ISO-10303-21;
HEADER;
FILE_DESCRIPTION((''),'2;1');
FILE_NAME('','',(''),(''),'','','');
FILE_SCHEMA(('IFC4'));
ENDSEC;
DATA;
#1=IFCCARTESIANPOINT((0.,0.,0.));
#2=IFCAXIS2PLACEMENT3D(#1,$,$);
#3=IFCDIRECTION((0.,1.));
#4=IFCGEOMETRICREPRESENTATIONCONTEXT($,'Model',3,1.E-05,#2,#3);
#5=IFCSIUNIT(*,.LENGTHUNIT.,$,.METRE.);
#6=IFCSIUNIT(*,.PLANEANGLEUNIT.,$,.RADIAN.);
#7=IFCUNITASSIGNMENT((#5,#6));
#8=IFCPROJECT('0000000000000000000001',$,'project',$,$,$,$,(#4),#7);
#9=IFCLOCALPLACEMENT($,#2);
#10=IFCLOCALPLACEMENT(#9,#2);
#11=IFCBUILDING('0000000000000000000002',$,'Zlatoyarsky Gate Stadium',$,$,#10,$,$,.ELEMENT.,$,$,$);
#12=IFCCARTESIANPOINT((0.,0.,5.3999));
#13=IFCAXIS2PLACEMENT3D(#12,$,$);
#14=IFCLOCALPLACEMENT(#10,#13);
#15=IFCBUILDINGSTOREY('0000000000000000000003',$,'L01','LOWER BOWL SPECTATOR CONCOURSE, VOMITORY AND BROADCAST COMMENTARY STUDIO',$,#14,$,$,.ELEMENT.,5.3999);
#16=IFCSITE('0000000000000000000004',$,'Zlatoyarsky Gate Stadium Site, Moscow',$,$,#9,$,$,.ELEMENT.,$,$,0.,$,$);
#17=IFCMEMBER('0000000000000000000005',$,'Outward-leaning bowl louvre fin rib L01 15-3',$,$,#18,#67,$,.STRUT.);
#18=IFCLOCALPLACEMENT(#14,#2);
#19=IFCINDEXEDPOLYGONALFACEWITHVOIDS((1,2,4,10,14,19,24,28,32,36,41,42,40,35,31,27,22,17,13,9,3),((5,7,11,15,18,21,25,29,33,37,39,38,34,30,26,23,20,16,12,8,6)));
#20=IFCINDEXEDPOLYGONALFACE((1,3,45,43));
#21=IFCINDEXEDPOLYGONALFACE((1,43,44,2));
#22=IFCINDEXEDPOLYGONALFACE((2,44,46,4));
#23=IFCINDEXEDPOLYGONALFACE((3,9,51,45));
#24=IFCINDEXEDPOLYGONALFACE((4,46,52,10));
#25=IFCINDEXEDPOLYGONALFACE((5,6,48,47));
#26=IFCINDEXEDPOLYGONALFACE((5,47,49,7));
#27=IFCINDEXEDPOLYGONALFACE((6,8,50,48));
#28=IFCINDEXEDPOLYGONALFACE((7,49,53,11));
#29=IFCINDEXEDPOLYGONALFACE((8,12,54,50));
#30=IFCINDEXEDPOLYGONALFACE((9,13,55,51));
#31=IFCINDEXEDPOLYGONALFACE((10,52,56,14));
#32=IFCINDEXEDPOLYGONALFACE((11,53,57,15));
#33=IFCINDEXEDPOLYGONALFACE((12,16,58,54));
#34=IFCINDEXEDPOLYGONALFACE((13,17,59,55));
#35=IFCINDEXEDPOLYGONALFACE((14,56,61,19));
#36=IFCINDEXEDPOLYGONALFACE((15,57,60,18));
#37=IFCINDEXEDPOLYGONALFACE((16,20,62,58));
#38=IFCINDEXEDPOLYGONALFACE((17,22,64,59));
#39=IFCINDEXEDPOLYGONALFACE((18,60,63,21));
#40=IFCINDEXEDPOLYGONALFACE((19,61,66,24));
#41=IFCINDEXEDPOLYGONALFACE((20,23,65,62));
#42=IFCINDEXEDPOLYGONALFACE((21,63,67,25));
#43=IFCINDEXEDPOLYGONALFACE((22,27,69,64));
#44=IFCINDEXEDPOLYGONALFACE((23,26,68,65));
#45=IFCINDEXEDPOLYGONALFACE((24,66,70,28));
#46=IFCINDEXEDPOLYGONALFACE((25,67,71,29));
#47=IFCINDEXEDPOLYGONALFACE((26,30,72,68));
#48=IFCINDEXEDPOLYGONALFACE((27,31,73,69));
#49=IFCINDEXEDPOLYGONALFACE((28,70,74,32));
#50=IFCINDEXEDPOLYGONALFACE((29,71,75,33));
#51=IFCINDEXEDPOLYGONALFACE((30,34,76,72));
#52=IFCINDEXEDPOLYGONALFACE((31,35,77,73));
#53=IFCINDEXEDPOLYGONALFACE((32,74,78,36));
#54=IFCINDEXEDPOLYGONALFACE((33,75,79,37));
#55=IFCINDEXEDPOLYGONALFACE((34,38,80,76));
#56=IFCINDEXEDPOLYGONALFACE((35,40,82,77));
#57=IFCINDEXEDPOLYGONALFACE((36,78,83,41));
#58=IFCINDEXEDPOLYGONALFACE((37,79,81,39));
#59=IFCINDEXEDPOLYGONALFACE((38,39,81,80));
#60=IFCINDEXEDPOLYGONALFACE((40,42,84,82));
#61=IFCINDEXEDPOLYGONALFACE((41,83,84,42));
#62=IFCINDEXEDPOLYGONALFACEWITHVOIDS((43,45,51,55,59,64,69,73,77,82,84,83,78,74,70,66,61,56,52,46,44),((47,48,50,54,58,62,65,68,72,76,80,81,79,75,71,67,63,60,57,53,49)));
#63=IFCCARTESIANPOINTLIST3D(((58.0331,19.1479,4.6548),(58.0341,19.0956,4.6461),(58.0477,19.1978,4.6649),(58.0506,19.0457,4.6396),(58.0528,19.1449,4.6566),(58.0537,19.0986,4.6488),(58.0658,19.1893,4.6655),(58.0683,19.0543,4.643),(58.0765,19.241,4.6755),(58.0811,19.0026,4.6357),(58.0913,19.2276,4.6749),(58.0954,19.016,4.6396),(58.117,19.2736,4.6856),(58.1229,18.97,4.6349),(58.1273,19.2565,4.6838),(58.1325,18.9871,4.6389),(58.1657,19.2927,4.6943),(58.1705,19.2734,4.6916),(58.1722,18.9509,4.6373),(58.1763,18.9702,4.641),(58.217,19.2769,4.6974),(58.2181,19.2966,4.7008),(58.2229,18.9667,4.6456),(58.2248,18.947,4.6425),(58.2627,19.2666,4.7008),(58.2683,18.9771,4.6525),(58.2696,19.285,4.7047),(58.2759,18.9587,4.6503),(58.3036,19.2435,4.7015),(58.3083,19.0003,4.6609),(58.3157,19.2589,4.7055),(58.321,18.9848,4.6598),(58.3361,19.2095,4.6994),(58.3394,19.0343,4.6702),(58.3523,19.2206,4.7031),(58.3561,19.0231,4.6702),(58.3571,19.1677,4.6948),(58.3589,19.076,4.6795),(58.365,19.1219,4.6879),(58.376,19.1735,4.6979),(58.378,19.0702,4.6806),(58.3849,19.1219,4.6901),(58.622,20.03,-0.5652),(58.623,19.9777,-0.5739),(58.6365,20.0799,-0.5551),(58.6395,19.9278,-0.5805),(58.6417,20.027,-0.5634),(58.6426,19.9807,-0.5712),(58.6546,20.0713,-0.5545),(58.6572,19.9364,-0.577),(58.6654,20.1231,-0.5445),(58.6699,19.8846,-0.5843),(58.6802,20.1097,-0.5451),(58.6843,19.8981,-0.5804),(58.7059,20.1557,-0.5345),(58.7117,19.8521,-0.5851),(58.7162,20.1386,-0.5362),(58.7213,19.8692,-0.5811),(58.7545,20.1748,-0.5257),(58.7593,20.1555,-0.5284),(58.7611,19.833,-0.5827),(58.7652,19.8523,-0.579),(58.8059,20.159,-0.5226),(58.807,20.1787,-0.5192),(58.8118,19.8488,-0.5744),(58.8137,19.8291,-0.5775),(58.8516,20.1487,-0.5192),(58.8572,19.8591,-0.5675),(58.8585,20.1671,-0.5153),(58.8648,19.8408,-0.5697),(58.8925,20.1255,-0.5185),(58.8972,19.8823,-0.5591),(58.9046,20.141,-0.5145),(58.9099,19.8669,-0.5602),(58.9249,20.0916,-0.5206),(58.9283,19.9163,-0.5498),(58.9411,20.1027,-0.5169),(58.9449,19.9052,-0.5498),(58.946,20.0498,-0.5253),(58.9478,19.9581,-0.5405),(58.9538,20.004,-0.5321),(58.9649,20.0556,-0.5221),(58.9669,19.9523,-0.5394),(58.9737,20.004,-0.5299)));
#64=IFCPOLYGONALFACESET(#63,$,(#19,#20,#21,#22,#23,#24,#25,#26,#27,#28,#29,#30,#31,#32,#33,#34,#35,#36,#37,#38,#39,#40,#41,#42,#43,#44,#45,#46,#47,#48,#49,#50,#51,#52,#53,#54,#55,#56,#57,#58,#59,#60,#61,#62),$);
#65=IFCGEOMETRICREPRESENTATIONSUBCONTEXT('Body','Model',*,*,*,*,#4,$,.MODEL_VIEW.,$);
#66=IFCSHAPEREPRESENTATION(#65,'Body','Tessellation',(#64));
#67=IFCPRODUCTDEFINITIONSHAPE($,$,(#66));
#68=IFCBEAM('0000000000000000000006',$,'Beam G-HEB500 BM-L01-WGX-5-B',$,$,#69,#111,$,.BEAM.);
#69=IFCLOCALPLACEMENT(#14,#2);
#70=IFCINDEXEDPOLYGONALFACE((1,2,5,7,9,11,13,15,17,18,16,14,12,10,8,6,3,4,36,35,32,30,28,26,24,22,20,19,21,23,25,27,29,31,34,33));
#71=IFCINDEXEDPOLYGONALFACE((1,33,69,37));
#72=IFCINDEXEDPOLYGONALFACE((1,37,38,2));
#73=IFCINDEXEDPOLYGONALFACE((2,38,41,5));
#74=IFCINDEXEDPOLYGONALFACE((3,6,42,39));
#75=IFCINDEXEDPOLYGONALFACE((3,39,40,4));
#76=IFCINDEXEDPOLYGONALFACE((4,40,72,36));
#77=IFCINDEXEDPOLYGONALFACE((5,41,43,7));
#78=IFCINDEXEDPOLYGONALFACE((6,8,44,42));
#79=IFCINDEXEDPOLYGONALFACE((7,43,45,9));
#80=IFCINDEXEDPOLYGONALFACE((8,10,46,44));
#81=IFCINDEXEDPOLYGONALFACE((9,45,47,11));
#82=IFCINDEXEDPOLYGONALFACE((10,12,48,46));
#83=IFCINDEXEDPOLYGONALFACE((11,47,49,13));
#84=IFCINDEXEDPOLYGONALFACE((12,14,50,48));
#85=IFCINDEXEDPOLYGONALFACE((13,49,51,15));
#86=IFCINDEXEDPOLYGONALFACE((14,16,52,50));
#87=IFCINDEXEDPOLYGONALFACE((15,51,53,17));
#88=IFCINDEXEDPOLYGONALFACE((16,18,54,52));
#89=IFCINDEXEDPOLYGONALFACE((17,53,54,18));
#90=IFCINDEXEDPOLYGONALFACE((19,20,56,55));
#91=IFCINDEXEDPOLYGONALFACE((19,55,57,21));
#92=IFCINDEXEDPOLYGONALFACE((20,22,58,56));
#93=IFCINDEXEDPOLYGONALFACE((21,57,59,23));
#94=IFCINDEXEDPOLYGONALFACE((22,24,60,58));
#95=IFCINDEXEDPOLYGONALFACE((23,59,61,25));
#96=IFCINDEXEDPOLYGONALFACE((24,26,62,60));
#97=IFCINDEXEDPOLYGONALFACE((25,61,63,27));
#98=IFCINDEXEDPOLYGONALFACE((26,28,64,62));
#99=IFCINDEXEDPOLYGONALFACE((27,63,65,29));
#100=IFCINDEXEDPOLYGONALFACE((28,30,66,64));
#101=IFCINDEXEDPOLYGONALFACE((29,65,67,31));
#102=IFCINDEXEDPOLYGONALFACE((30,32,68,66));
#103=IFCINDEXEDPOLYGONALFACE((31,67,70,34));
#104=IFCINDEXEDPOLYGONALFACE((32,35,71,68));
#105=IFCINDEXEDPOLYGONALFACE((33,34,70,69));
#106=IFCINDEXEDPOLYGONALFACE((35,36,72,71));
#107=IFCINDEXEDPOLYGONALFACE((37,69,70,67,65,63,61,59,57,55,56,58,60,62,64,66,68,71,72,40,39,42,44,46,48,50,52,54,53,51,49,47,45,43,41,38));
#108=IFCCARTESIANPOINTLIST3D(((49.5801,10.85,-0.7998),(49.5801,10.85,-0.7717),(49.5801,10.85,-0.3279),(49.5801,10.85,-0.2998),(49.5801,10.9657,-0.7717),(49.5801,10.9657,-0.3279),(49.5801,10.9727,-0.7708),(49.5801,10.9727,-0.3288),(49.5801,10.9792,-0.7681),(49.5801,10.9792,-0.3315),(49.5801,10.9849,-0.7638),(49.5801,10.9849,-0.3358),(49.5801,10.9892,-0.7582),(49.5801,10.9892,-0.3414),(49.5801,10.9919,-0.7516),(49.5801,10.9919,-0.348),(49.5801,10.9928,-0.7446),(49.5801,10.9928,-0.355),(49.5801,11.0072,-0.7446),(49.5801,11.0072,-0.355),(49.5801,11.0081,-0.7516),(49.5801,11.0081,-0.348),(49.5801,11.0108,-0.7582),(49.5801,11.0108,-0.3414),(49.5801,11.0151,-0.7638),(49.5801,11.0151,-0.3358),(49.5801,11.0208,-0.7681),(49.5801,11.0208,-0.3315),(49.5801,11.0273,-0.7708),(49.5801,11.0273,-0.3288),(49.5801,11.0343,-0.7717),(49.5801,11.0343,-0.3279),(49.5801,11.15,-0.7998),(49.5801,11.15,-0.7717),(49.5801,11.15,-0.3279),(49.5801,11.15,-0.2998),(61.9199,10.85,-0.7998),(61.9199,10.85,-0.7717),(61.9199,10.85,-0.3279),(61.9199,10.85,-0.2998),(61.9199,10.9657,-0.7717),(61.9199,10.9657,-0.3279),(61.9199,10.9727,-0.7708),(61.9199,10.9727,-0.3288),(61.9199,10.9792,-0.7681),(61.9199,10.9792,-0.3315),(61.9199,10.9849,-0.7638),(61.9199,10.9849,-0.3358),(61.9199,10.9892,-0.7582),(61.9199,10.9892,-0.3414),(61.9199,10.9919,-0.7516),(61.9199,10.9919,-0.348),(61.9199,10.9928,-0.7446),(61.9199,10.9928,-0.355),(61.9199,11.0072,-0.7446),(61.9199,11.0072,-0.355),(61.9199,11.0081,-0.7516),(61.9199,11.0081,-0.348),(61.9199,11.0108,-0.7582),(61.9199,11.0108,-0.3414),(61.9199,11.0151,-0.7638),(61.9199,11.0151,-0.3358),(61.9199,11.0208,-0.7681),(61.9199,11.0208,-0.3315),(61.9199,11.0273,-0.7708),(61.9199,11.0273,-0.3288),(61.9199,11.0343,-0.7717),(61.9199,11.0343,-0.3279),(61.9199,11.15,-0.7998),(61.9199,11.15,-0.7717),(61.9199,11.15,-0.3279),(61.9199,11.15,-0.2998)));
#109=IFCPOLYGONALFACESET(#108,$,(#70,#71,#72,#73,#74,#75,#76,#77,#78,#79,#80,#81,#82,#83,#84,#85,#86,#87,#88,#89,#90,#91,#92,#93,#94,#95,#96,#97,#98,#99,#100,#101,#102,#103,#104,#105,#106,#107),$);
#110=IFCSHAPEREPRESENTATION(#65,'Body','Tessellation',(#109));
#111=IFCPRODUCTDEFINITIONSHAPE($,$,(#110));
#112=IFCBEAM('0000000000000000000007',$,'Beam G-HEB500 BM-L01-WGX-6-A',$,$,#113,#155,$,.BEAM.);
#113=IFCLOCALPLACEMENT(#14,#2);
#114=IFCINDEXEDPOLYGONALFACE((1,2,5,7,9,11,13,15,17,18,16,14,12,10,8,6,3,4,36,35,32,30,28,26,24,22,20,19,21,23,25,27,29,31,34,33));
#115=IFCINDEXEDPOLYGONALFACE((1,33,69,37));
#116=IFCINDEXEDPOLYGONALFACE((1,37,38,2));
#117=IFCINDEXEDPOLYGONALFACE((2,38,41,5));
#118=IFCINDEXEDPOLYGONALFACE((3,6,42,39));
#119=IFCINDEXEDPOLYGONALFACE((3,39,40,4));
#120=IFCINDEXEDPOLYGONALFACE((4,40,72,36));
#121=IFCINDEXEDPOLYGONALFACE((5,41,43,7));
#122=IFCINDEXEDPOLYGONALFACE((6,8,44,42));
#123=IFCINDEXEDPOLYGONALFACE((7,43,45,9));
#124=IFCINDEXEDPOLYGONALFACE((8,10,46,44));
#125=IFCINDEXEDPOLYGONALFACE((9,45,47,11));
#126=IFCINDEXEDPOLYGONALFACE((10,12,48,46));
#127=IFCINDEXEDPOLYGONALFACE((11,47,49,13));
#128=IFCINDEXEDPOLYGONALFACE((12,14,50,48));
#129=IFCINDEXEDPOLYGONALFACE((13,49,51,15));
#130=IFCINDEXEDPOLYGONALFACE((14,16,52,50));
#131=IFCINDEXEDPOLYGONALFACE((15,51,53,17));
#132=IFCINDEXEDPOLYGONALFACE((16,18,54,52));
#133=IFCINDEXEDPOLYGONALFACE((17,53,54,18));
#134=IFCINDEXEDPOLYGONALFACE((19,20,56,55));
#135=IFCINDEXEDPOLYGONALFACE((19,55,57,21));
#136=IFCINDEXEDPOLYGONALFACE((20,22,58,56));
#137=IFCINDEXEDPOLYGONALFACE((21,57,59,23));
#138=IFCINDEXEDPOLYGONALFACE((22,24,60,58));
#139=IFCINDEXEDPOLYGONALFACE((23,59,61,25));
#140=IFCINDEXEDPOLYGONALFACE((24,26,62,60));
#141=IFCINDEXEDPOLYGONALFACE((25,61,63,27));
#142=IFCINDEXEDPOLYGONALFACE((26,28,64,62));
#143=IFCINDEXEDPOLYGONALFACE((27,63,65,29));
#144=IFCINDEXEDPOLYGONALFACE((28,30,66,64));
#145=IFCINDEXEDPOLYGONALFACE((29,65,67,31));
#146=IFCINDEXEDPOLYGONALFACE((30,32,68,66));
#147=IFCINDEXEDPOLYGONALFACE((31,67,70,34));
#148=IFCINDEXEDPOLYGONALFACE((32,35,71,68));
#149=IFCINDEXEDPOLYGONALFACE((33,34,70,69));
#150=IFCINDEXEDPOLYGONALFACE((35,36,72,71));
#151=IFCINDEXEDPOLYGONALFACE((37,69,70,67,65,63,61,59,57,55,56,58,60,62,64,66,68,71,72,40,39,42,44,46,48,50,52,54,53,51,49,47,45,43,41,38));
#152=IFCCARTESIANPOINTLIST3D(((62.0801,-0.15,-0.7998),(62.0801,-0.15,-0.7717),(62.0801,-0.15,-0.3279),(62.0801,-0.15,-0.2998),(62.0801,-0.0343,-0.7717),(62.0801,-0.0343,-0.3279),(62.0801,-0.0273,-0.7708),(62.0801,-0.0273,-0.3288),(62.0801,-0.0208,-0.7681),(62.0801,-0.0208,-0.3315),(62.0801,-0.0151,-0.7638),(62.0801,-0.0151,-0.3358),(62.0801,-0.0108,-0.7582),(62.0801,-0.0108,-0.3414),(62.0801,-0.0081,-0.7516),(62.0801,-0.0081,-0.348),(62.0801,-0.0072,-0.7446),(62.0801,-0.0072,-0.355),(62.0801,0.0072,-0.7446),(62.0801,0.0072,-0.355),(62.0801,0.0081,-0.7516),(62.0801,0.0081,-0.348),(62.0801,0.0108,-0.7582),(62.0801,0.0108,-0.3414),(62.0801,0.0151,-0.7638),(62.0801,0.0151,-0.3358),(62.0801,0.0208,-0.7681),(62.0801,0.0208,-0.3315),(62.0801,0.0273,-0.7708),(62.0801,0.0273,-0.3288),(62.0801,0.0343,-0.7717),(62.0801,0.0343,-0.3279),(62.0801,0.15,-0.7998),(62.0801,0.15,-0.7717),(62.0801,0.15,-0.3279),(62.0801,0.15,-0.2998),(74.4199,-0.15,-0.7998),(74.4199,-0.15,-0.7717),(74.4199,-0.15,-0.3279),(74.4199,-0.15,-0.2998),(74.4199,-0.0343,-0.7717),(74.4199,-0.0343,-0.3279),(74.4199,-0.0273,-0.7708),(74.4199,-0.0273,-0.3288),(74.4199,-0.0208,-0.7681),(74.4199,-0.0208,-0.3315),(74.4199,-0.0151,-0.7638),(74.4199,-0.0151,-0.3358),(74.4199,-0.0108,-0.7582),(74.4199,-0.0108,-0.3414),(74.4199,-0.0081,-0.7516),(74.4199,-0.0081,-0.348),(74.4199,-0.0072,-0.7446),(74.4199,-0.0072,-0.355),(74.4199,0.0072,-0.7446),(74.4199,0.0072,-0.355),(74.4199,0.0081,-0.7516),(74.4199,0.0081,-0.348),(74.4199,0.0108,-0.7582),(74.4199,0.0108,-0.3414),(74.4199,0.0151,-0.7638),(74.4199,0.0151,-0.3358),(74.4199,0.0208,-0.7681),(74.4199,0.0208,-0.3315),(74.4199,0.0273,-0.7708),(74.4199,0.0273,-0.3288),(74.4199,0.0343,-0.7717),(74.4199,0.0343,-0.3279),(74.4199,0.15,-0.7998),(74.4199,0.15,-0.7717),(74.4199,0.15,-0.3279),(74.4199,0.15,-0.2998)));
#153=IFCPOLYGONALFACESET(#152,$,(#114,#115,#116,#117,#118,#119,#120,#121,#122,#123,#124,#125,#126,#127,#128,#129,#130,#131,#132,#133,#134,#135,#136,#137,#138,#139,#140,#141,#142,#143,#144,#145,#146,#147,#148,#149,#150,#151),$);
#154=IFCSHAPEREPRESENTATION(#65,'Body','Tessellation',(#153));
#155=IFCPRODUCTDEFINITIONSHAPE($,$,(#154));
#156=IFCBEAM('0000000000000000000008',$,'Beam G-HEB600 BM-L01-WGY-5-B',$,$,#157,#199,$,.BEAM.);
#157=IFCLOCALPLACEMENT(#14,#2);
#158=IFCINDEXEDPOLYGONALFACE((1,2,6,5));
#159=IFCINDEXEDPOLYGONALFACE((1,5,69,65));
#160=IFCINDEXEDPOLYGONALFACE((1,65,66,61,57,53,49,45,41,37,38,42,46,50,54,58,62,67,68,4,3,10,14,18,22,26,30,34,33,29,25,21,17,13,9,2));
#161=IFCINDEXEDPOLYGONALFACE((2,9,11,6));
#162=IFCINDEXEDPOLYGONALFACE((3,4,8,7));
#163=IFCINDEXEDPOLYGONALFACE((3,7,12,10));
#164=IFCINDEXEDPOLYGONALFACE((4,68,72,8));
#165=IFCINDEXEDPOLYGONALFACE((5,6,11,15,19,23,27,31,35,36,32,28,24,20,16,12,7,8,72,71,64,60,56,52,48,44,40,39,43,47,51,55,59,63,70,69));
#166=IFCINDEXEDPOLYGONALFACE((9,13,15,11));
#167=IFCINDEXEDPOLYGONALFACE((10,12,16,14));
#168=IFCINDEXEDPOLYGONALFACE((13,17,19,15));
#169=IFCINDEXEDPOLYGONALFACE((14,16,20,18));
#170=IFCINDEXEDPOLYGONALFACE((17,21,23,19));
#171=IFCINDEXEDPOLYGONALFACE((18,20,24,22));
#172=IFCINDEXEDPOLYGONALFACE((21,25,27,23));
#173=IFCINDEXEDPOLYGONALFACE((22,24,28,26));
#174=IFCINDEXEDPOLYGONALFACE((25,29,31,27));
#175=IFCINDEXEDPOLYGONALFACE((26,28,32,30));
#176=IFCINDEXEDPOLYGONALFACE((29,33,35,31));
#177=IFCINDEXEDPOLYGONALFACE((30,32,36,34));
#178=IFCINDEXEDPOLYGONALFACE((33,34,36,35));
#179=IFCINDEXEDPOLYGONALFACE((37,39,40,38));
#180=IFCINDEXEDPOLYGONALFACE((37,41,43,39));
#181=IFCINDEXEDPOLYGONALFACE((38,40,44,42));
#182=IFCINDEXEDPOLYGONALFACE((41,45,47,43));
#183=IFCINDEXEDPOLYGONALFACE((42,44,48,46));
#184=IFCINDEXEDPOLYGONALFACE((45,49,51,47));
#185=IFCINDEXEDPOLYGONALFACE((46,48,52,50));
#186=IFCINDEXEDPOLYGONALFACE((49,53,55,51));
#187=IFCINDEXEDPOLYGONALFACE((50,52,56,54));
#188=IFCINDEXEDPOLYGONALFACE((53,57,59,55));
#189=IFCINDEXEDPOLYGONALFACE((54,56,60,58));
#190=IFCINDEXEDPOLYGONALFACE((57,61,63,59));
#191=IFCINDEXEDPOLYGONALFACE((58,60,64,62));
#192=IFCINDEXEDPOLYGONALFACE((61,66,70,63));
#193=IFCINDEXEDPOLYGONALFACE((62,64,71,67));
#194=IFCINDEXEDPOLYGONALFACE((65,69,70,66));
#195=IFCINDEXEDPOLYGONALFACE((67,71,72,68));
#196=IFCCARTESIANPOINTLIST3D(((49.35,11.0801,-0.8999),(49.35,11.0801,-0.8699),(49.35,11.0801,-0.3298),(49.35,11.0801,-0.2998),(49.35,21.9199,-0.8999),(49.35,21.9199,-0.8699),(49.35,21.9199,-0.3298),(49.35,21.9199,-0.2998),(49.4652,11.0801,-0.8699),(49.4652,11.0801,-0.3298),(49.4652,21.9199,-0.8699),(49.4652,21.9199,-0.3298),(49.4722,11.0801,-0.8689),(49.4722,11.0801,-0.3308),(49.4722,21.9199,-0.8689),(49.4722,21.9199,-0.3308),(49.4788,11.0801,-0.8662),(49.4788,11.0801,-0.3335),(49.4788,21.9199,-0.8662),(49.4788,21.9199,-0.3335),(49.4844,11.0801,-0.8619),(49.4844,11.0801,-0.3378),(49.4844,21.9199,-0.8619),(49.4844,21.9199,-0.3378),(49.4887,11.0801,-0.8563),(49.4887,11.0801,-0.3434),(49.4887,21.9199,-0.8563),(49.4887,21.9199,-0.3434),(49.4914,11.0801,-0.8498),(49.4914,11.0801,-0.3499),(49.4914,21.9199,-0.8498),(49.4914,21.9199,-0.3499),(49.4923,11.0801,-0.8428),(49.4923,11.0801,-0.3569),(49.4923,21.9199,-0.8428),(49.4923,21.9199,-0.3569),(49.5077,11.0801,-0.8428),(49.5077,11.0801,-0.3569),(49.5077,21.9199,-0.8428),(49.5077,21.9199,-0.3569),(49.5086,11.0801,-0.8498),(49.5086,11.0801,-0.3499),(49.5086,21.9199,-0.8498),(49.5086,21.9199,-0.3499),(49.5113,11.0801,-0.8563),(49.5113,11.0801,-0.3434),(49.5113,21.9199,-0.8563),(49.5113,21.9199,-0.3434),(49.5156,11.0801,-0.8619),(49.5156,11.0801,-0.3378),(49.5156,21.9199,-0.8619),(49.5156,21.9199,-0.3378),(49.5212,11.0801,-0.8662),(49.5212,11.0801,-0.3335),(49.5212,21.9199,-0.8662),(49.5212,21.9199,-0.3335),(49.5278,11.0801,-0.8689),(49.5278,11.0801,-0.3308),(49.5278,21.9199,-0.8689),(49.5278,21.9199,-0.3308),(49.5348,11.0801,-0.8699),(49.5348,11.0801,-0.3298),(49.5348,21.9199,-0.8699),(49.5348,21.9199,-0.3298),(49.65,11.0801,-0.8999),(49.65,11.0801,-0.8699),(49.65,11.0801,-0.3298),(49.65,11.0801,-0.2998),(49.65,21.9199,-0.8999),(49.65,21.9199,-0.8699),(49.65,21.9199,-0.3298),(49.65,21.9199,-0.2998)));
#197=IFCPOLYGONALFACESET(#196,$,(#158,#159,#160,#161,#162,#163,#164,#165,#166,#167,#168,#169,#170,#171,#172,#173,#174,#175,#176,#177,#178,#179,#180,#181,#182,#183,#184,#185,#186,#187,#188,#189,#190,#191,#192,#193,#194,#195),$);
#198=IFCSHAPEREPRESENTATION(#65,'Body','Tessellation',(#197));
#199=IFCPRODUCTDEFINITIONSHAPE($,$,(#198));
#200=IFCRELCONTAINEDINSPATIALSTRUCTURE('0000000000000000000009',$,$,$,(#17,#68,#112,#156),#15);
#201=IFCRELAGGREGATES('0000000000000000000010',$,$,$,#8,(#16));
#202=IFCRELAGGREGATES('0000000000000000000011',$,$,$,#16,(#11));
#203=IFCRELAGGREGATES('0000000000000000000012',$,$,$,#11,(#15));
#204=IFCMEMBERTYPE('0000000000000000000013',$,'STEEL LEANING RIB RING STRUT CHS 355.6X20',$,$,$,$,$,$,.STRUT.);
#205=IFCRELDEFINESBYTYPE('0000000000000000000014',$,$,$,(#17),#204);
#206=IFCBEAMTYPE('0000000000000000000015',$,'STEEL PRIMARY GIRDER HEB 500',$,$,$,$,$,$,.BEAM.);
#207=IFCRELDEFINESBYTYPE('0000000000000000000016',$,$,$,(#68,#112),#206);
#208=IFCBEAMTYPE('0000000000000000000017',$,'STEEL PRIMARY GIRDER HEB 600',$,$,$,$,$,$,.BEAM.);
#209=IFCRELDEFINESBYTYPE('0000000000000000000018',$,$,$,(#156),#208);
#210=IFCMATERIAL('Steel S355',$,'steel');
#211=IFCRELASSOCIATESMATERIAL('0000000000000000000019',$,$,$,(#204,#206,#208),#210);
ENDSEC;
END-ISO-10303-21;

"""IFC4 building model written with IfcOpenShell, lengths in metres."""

from ifc_helpers import new_model, si_unit, direction, frame, origin, origin_2d, place, context, subcontext, project, spatial, hollow_circle, i_section, extrude, material, material_profile, profile_set, type_object, element, save


model = new_model("IFC4")

# Units and contexts
model_context = context("Model", 3, precision=1e-05, world=origin(), true_north=direction((0.0, 1.0)))
body_context = subcontext(model_context, "Body", "Model", "MODEL_VIEW")
ifc_project = project(units=[si_unit("LENGTHUNIT", "METRE"), si_unit("PLANEANGLEUNIT", "RADIAN")], contexts=[model_context])

# Site, building, storey
site_placement = place(None, origin())
site = spatial("IfcSite", under=ifc_project, at=site_placement, Name="Zlatoyarsky Gate Stadium Site, Moscow", CompositionType="ELEMENT", RefElevation=0.0)
building_placement = place(site_placement, origin())
building = spatial("IfcBuilding", under=site, at=building_placement, Name="Zlatoyarsky Gate Stadium", CompositionType="ELEMENT")
storey_placement = place(building_placement, frame((0.0, 0.0, 5.3999)))
storey = spatial("IfcBuildingStorey", under=building, at=storey_placement, Name="L01", Description="LOWER BOWL SPECTATOR CONCOURSE, VOMITORY AND BROADCAST COMMENTARY STUDIO", CompositionType="ELEMENT", Elevation=5.3999)

# Shared definitions
ifc_material_1 = material(Name="Steel S355", Category="steel")

# Member
ifc_material_profile_1 = material_profile(ifc_material_1, hollow_circle(Radius=0.1777, WallThickness=0.02, at=origin_2d()), Name="CHS 355.6X20")
ifc_profile_set_1 = profile_set([ifc_material_profile_1], Name="Steel S355")
member_type_1 = type_object("IfcMemberType", Name="STEEL LEANING RIB RING STRUT CHS 355.6X20", PredefinedType="STRUT", material=ifc_profile_set_1)
member_1_placement = place(storey_placement, frame((58.7971, 20.0039, -0.5498), z_axis=(-0.110552, -0.165598, 0.979977), x_axis=(0.831696, -0.555231, 0.0)))
element("IfcMember", 1, at=member_1_placement, inside=storey, type_object=member_type_1, Name="Outward-leaning bowl louvre fin rib L01 15-3", PredefinedType="STRUT", context=body_context, shape_type="SweptSolid", body=[
    extrude(hollow_circle(Radius=0.1777, WallThickness=0.02, at=origin_2d()), origin(), (0.0, 0.0, 1.0), 5.3267),
])

# Beams
ifc_material_profile_2 = material_profile(ifc_material_1, i_section(OverallWidth=0.3, OverallDepth=0.5, WebThickness=0.0144, FlangeThickness=0.0281, FilletRadius=0.0271, at=origin_2d()), Name="HEB 500")
ifc_profile_set_2 = profile_set([ifc_material_profile_2], Name="Steel S355")
beam_type_1 = type_object("IfcBeamType", Name="STEEL PRIMARY GIRDER HEB 500", PredefinedType="BEAM", material=ifc_profile_set_2)
for number, where, z_axis, x_axis, name in (
    (2, (49.5801, 11.0, -0.5498), (1.0, 0.0, 0.0), (0.0, 1.0, 0.0), "Beam G-HEB500 BM-L01-WGX-5-B"),
    (3, (62.0801, 0.0, -0.5498), (1.0, 0.0, 0.0), (0.0, 1.0, 0.0), "Beam G-HEB500 BM-L01-WGX-6-A"),
):
    element("IfcBeam", number, at=place(storey_placement, frame(where, z_axis=z_axis, x_axis=x_axis)), inside=storey, type_object=beam_type_1, Name=name, PredefinedType="BEAM", context=body_context, shape_type="SweptSolid", body=[
        extrude(i_section(OverallWidth=0.3, OverallDepth=0.5, WebThickness=0.0144, FlangeThickness=0.0281, FilletRadius=0.0271, at=origin_2d()), origin(), (0.0, 0.0, 1.0), 12.3398),
    ])
ifc_material_profile_3 = material_profile(ifc_material_1, i_section(OverallWidth=0.3, OverallDepth=0.6001, WebThickness=0.0154, FlangeThickness=0.03, FilletRadius=0.0271, at=origin_2d()), Name="HEB 600")
ifc_profile_set_3 = profile_set([ifc_material_profile_3], Name="Steel S355")
beam_type_2 = type_object("IfcBeamType", Name="STEEL PRIMARY GIRDER HEB 600", PredefinedType="BEAM", material=ifc_profile_set_3)
for number, where, z_axis, x_axis, name in (
    (4, (49.5, 11.0801, -0.5999), (0.0, 1.0, 0.0), (-1.0, 0.0, 0.0), "Beam G-HEB600 BM-L01-WGY-5-B"),
):
    element("IfcBeam", number, at=place(storey_placement, frame(where, z_axis=z_axis, x_axis=x_axis)), inside=storey, type_object=beam_type_2, Name=name, PredefinedType="BEAM", context=body_context, shape_type="SweptSolid", body=[
        extrude(i_section(OverallWidth=0.3, OverallDepth=0.6001, WebThickness=0.0154, FlangeThickness=0.03, FilletRadius=0.0271, at=origin_2d()), origin(), (0.0, 0.0, 1.0), 10.8398),
    ])

save(model, "model.ifc")
